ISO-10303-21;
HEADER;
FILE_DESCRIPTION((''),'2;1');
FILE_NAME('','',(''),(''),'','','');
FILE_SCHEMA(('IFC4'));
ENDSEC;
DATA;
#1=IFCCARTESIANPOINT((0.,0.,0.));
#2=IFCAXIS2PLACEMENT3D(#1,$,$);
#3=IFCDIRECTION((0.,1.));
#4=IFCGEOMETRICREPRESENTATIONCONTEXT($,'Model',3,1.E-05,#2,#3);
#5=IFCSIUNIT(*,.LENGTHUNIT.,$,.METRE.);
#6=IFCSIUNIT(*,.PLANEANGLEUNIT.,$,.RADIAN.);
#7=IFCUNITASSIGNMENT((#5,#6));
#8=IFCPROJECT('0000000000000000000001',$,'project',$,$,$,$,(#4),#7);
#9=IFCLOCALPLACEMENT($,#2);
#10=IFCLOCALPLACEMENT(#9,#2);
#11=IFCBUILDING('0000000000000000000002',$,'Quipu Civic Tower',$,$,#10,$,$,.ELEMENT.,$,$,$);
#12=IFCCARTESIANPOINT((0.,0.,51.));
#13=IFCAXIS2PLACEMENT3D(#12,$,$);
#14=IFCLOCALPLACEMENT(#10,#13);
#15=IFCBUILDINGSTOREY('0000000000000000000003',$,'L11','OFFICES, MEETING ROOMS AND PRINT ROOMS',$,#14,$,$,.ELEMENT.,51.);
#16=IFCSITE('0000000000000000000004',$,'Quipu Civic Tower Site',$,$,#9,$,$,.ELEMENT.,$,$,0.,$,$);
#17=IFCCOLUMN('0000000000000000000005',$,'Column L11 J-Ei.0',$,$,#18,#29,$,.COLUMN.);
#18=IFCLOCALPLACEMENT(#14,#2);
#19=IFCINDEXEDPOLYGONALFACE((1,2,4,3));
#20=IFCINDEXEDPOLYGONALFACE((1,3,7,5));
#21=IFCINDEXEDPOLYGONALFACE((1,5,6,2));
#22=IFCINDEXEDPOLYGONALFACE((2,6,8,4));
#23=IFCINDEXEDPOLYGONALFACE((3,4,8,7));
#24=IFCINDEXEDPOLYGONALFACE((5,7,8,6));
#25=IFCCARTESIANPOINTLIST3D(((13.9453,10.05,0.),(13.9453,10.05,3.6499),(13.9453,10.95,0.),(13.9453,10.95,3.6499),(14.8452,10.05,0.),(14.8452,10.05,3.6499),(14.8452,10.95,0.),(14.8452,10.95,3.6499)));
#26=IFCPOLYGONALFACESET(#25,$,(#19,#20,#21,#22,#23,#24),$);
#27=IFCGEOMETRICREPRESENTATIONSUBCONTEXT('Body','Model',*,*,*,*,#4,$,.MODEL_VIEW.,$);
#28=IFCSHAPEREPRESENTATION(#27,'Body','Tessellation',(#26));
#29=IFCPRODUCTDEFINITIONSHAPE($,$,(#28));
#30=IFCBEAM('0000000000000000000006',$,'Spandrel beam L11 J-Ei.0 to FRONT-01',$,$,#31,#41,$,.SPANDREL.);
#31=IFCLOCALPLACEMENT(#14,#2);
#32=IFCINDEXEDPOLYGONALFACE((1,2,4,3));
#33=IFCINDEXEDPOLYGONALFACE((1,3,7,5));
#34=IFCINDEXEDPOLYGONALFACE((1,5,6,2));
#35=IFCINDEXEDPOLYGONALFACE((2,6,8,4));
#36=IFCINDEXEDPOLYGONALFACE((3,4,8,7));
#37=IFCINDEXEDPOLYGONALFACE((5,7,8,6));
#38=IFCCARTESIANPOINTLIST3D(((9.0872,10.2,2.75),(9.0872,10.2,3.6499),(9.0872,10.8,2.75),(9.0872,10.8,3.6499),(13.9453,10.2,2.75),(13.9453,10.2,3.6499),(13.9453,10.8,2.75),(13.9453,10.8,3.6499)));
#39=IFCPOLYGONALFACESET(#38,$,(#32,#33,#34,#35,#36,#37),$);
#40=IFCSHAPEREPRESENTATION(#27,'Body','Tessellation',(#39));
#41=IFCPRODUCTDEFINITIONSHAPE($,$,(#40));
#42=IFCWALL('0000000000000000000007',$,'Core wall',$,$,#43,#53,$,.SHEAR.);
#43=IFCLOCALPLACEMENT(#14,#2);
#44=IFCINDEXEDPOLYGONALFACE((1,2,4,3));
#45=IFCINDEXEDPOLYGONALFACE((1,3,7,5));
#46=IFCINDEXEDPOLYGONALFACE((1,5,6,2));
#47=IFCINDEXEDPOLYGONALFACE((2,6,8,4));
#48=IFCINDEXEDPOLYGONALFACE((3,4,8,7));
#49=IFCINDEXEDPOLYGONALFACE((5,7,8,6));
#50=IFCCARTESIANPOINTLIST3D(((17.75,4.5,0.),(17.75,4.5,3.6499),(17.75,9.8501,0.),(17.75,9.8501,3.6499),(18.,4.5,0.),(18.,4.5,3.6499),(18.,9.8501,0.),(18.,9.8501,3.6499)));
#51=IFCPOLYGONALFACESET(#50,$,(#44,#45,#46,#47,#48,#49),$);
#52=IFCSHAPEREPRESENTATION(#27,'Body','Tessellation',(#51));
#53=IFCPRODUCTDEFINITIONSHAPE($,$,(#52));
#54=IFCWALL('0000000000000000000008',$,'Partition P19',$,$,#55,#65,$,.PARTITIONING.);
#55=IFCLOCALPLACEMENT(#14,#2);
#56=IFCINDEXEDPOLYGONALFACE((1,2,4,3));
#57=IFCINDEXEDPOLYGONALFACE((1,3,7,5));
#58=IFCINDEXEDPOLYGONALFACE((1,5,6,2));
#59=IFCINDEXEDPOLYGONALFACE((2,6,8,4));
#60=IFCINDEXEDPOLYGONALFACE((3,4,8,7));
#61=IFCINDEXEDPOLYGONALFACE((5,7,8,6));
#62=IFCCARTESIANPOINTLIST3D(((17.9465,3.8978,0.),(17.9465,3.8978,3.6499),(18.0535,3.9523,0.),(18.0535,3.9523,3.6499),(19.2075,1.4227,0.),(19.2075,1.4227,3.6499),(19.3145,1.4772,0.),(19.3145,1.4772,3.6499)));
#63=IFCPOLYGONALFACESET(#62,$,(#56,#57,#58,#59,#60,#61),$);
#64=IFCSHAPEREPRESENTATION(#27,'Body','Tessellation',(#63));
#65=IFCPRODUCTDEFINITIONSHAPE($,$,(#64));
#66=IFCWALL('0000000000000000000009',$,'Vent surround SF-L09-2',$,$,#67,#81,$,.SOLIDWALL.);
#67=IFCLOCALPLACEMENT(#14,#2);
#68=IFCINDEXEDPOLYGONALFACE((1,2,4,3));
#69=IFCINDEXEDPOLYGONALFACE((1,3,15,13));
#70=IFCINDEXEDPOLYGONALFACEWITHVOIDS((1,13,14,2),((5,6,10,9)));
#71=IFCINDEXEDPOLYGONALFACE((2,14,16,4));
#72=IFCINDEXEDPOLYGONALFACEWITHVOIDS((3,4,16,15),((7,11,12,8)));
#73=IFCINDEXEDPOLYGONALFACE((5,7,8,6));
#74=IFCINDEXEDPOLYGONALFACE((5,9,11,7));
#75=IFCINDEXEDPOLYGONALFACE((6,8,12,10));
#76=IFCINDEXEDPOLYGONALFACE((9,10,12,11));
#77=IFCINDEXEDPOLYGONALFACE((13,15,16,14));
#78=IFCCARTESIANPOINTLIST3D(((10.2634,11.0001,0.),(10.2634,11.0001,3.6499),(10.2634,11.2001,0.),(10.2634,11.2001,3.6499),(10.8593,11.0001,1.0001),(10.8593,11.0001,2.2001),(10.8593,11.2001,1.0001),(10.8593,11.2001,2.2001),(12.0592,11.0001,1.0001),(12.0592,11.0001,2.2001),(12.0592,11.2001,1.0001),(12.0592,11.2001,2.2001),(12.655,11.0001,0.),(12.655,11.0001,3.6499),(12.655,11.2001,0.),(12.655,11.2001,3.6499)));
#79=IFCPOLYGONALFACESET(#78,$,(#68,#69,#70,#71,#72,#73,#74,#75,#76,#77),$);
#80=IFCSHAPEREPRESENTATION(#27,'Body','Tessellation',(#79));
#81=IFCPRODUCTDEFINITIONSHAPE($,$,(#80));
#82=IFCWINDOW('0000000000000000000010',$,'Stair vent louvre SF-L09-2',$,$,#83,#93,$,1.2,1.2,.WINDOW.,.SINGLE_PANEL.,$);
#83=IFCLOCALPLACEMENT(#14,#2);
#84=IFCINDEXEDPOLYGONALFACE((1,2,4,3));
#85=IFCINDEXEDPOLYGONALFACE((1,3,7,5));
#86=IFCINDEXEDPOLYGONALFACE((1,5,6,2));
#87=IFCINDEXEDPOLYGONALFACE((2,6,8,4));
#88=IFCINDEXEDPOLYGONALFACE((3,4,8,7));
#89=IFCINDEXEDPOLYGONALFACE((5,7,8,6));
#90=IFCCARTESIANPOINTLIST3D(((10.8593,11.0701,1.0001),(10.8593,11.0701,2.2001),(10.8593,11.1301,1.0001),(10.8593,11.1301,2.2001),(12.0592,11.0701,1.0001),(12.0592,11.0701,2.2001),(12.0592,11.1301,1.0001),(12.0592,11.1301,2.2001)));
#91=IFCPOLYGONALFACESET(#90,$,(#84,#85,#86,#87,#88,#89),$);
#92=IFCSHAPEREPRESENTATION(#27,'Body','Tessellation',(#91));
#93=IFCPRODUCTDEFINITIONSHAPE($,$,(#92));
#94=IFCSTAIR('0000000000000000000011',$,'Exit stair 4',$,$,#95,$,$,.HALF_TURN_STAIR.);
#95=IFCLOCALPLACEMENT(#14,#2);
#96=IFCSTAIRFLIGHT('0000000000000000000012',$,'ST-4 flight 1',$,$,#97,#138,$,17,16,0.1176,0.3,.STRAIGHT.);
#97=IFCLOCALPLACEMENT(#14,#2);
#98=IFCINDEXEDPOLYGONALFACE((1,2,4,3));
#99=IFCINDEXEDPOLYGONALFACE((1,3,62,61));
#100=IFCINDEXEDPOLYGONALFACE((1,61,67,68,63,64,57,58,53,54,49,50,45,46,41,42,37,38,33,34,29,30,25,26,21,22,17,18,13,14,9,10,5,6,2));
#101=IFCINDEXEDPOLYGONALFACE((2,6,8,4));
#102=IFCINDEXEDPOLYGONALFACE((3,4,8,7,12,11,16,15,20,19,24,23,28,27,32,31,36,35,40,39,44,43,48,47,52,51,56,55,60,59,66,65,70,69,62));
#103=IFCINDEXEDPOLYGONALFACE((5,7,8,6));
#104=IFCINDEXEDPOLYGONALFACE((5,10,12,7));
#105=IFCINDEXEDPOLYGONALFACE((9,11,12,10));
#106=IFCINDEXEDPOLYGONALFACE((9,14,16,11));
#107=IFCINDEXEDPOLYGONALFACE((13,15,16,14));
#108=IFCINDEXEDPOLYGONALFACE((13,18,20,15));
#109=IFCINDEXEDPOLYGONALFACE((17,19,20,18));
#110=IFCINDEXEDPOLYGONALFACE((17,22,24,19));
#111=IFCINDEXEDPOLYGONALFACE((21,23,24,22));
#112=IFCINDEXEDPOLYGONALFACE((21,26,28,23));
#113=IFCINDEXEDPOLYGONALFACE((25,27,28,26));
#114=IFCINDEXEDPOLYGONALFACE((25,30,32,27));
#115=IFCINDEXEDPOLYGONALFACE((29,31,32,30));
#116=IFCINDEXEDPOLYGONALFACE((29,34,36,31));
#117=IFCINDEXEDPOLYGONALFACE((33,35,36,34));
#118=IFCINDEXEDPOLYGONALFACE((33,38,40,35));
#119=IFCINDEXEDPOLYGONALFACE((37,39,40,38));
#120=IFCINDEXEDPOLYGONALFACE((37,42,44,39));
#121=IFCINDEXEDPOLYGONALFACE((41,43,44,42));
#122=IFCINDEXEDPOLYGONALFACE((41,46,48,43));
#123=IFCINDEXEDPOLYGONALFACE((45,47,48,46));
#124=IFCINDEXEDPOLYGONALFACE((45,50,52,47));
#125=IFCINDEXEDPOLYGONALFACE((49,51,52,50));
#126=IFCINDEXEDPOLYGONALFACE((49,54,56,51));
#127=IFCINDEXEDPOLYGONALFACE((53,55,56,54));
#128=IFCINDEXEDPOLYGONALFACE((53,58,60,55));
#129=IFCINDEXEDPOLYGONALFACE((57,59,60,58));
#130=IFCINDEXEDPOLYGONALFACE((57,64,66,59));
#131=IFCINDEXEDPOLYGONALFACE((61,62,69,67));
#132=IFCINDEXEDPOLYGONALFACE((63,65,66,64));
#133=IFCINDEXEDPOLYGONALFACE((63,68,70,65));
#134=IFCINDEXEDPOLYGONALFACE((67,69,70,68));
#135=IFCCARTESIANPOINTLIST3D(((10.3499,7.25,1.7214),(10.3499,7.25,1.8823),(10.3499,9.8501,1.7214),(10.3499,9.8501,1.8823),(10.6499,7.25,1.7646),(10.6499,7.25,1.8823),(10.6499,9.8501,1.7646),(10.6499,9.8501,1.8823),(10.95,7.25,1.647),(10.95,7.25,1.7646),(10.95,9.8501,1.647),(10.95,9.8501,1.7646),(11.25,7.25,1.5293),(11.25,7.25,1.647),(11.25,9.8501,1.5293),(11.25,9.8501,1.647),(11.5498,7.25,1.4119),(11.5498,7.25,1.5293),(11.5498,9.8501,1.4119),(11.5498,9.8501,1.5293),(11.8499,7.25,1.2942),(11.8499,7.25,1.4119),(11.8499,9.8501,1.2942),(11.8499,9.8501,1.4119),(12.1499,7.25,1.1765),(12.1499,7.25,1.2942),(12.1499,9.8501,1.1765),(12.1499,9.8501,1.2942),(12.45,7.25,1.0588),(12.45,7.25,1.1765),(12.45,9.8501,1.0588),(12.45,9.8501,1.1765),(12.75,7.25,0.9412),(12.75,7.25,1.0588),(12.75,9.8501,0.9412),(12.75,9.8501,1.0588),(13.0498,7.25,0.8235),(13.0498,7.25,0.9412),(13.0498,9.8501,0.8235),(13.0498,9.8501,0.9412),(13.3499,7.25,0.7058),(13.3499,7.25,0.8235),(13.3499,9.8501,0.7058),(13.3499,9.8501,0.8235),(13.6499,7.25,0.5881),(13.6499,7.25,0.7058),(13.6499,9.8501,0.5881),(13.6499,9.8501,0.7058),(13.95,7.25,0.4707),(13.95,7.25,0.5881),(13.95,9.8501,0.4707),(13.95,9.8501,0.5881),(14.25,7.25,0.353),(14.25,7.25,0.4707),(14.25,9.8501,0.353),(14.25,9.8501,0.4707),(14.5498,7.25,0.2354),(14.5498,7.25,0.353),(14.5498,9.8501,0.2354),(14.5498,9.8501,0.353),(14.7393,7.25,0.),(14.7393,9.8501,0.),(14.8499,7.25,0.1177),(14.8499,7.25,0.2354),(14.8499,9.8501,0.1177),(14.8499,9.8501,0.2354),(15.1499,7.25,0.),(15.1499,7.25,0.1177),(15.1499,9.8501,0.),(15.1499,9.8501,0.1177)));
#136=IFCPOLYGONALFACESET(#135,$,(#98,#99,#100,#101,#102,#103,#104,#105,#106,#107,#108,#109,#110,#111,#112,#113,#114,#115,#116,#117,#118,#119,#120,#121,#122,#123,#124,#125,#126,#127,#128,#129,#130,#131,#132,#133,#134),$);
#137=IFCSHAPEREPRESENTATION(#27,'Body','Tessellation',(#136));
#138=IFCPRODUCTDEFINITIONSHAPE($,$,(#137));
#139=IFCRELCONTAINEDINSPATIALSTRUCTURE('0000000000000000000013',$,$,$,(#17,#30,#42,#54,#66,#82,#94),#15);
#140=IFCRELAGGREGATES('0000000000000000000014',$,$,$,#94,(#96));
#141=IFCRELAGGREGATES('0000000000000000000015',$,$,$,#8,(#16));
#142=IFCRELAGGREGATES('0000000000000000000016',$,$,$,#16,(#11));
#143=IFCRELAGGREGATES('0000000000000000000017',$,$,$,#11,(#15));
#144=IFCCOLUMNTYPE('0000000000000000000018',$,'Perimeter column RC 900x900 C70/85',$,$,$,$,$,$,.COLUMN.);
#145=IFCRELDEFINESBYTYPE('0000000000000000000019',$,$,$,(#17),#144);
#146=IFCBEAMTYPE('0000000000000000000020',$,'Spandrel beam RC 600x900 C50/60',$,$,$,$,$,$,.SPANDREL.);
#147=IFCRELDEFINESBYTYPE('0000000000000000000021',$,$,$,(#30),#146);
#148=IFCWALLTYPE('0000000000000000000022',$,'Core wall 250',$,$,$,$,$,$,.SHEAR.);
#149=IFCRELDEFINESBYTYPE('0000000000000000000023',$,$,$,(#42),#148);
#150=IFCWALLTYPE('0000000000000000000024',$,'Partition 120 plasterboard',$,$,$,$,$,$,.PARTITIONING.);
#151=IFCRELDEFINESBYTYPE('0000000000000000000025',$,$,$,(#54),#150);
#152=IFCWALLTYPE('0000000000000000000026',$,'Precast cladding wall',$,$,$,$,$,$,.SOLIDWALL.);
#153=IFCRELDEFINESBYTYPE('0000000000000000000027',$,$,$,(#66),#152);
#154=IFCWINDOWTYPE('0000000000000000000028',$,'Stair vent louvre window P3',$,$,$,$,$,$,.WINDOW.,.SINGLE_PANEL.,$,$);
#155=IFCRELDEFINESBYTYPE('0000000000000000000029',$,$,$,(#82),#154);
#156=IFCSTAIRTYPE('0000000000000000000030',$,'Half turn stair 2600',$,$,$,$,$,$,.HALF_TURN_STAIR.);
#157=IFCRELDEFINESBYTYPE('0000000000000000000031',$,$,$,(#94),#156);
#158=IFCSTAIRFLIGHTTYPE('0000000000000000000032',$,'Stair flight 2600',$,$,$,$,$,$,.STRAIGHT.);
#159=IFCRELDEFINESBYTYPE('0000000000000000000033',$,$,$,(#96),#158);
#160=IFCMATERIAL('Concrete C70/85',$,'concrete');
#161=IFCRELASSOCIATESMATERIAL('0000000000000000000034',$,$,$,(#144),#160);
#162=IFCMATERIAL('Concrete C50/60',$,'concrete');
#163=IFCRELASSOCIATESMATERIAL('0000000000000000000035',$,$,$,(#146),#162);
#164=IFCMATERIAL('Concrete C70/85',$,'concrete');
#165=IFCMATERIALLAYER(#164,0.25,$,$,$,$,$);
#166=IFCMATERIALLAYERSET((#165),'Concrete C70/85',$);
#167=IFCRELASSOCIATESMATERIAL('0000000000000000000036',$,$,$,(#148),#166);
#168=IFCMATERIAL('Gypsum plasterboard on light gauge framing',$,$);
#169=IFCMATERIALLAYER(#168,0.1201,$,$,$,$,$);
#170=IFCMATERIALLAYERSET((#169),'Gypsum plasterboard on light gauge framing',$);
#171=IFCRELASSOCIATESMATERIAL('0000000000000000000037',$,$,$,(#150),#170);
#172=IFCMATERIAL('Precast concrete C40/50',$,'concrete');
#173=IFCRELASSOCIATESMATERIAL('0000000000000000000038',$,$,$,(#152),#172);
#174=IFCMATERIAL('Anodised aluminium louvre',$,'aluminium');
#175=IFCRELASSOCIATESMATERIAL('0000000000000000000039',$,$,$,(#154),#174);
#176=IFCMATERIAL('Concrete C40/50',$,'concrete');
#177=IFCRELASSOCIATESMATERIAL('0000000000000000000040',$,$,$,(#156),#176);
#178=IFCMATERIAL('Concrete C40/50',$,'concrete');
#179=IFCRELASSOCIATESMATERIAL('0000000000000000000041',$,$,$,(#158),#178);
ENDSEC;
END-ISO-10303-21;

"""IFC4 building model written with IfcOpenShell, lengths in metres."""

from ifc_helpers import new_model, si_unit, direction, frame, frame_2d, origin, origin_2d, place, context, subcontext, project, spatial, polyline, rectangle, outline, extrude, material, layer, layer_set, material_profile, profile_set, type_object, element, fill, aggregate, save


model = new_model("IFC4")

# Units and contexts
model_context = context("Model", 3, precision=1e-05, world=origin(), true_north=direction((0.0, 1.0)))
body_context = subcontext(model_context, "Body", "Model", "MODEL_VIEW")
ifc_project = project(units=[si_unit("LENGTHUNIT", "METRE"), si_unit("PLANEANGLEUNIT", "RADIAN")], contexts=[model_context])

# Site, building, storey
site_placement = place(None, origin())
site = spatial("IfcSite", under=ifc_project, at=site_placement, Name="Quipu Civic Tower Site", CompositionType="ELEMENT", RefElevation=0.0)
building_placement = place(site_placement, origin())
building = spatial("IfcBuilding", under=site, at=building_placement, Name="Quipu Civic Tower", CompositionType="ELEMENT")
storey_placement = place(building_placement, frame((0.0, 0.0, 51.0)))
storey = spatial("IfcBuildingStorey", under=building, at=storey_placement, Name="L11", Description="OFFICES, MEETING ROOMS AND PRINT ROOMS", CompositionType="ELEMENT", Elevation=51.0)

# Column
ifc_material_1 = material(Name="Concrete C70/85", Category="concrete")
ifc_material_profile_1 = material_profile(ifc_material_1, rectangle(XDim=0.8999, YDim=0.8999, at=origin_2d()), Name="RC900x900")
ifc_profile_set_1 = profile_set([ifc_material_profile_1], Name="Concrete C70/85")
column_type = type_object("IfcColumnType", Name="Perimeter column RC 900x900 C70/85", PredefinedType="COLUMN", material=ifc_profile_set_1)
column_placement = place(storey_placement, frame((14.3953, 10.5, 0.0), z_axis=(0.0, 0.0, 1.0), x_axis=(-1.0, 0.0, 0.0)))
element("IfcColumn", 1, at=column_placement, inside=storey, type_object=column_type, Name="Column L11 J-Ei.0", PredefinedType="COLUMN", context=body_context, shape_type="SweptSolid", body=[
    extrude(rectangle(XDim=0.8999, YDim=0.8999, at=origin_2d()), origin(), (0.0, 0.0, 1.0), 3.6499),
])

# Beam
ifc_material_2 = material(Name="Concrete C50/60", Category="concrete")
ifc_material_profile_2 = material_profile(ifc_material_2, rectangle(XDim=0.6001, YDim=0.8999, at=origin_2d()), Name="RC600x900")
ifc_profile_set_2 = profile_set([ifc_material_profile_2], Name="Concrete C50/60")
beam_type = type_object("IfcBeamType", Name="Spandrel beam RC 600x900 C50/60", PredefinedType="SPANDREL", material=ifc_profile_set_2)
beam_placement = place(storey_placement, frame((13.9453, 10.5, 3.2), z_axis=(-1.0, 0.0, 0.0), x_axis=(0.0, -1.0, 0.0)))
element("IfcBeam", 2, at=beam_placement, inside=storey, type_object=beam_type, Name="Spandrel beam L11 J-Ei.0 to FRONT-01", PredefinedType="SPANDREL", context=body_context, shape_type="SweptSolid", body=[
    extrude(rectangle(XDim=0.6001, YDim=0.8999, at=origin_2d()), origin(), (0.0, 0.0, 1.0), 4.8582),
])

# Walls
ifc_material_3 = material(Name="Concrete C70/85", Category="concrete")
ifc_layer_1 = layer(ifc_material_3, 0.25)
ifc_layer_set_1 = layer_set([ifc_layer_1], Name="Concrete C70/85")
wall_type_1 = type_object("IfcWallType", Name="Core wall 250", PredefinedType="SHEAR", material=ifc_layer_set_1)
wall_1_placement = place(storey_placement, frame((17.875, 4.5, 0.0), z_axis=(0.0, 0.0, 1.0), x_axis=(0.0, 1.0, 0.0)))
element("IfcWall", 3, at=wall_1_placement, inside=storey, type_object=wall_type_1, Name="Core wall", PredefinedType="SHEAR", context=body_context, shape_type="SweptSolid", body=[
    extrude(rectangle(XDim=5.3501, YDim=0.25, at=frame_2d((2.675, 0.0))), origin(), (0.0, 0.0, 1.0), 3.6499),
])
ifc_material_4 = material(Name="Gypsum plasterboard on light gauge framing")
ifc_layer_2 = layer(ifc_material_4, 0.1201)
ifc_layer_set_2 = layer_set([ifc_layer_2], Name="Gypsum plasterboard on light gauge framing")
wall_type_2 = type_object("IfcWallType", Name="Partition 120 plasterboard", PredefinedType="PARTITIONING", material=ifc_layer_set_2)
wall_2_placement = place(storey_placement, frame((18.0, 3.925, 0.0), z_axis=(0.0, 0.0, 1.0), x_axis=(0.453951, -0.891027, 0.0)))
element("IfcWall", 4, at=wall_2_placement, inside=storey, type_object=wall_type_2, Name="Partition P19", PredefinedType="PARTITIONING", context=body_context, shape_type="SweptSolid", body=[
    extrude(rectangle(XDim=2.7778, YDim=0.1201, at=frame_2d((1.3889, 0.0))), origin(), (0.0, 0.0, 1.0), 3.6499),
])

# Wall, opening, window
ifc_material_5 = material(Name="Precast concrete C40/50", Category="concrete")
wall_type_3 = type_object("IfcWallType", Name="Precast cladding wall", PredefinedType="SOLIDWALL", material=ifc_material_5)
wall_3_placement = place(storey_placement, frame((12.655, 11.1001, 0.0), z_axis=(0.0, 0.0, 1.0), x_axis=(-1.0, 0.0, 0.0)))
wall_3 = element("IfcWall", 5, at=wall_3_placement, inside=storey, type_object=wall_type_3, Name="Vent surround SF-L09-2", PredefinedType="SOLIDWALL", context=body_context, shape_type="SweptSolid", body=[
    extrude(rectangle(XDim=2.3916, YDim=0.2, at=frame_2d((1.1958, 0.0))), origin(), (0.0, 0.0, 1.0), 3.6499),
])
opening_placement = place(wall_3_placement, frame((0.5957, 0.0, 1.0)))
opening = element("IfcOpeningElement", 6, at=opening_placement, cuts=wall_3, PredefinedType="OPENING", context=body_context, shape_type="SweptSolid", body=[
    extrude(rectangle(XDim=1.2, YDim=1.2, at=frame_2d((0.6001, 0.6001))), frame((0.0, 0.1099, 0.0), z_axis=(0.0, -1.0, 0.0), x_axis=(1.0, 0.0, 0.0)), (0.0, 0.0, 1.0), 0.22),
])
ifc_material_6 = material(Name="Anodised aluminium louvre", Category="aluminium")
window_type = type_object("IfcWindowType", Name="Stair vent louvre window P3", PartitioningType="SINGLE_PANEL", PredefinedType="WINDOW", material=ifc_material_6)
window_placement = place(opening_placement, origin())
window = element("IfcWindow", 7, at=window_placement, inside=storey, type_object=window_type, Name="Stair vent louvre SF-L09-2", OverallHeight=1.2, OverallWidth=1.2, PartitioningType="SINGLE_PANEL", PredefinedType="WINDOW", context=body_context, shape_type="SweptSolid", body=[
    extrude(rectangle(XDim=1.2, YDim=1.2, at=frame_2d((0.6001, 0.6001))), frame((0.0, 0.03, 0.0), z_axis=(0.0, -1.0, 0.0), x_axis=(1.0, 0.0, 0.0)), (0.0, 0.0, 1.0), 0.0601),
])
fill(opening, window)

# Stair, stair flight
ifc_material_7 = material(Name="Concrete C40/50", Category="concrete")
stair_type = type_object("IfcStairType", Name="Half turn stair 2600", PredefinedType="HALF_TURN_STAIR", material=ifc_material_7)
stair_placement = place(storey_placement, origin())
stair = element("IfcStair", 8, at=stair_placement, inside=storey, type_object=stair_type, Name="Exit stair 4", PredefinedType="HALF_TURN_STAIR")
ifc_material_8 = material(Name="Concrete C40/50", Category="concrete")
stair_flight_type = type_object("IfcStairFlightType", Name="Stair flight 2600", PredefinedType="STRAIGHT", material=ifc_material_8)
stair_flight_placement = place(storey_placement, frame((15.1499, 8.55, 0.0), z_axis=(0.0, 0.0, 1.0), x_axis=(-1.0, 0.0, 0.0)))
stair_flight = element("IfcStairFlight", 9, at=stair_flight_placement, type_object=stair_flight_type, Name="ST-4 flight 1", NumberOfRisers=17, NumberOfTreads=16, PredefinedType="STRAIGHT", RiserHeight=0.1176, TreadLength=0.3, context=body_context, shape_type="SweptSolid", body=[
    extrude(outline(polyline([(0.0, 0.0), (0.0, 0.1177), (0.3, 0.1177), (0.3, 0.2354), (0.6001, 0.2354), (0.6001, 0.353), (0.8999, 0.353), (0.8999, 0.4707), (1.2, 0.4707), (1.2, 0.5881), (1.5, 0.5881), (1.5, 0.7058), (1.8, 0.7058), (1.8, 0.8235), (2.1001, 0.8235), (2.1001, 0.9412), (2.3999, 0.9412), (2.3999, 1.0588), (2.7, 1.0588), (2.7, 1.1765), (3.0, 1.1765), (3.0, 1.2942), (3.3, 1.2942), (3.3, 1.4119), (3.6001, 1.4119), (3.6001, 1.5293), (3.8999, 1.5293), (3.8999, 1.647), (4.2, 1.647), (4.2, 1.7646), (4.5, 1.7646), (4.5, 1.8823), (4.8, 1.8823), (4.8, 2.0), (4.8, 1.7214), (0.4106, 0.0), (0.0, 0.0)])), frame((0.0, 1.3, 0.0), z_axis=(0.0, -1.0, 0.0), x_axis=(1.0, 0.0, 0.0)), (0.0, 0.0, 1.0), 2.6001),
])
aggregate(stair, [stair_flight])

save(model, "model.ifc")
